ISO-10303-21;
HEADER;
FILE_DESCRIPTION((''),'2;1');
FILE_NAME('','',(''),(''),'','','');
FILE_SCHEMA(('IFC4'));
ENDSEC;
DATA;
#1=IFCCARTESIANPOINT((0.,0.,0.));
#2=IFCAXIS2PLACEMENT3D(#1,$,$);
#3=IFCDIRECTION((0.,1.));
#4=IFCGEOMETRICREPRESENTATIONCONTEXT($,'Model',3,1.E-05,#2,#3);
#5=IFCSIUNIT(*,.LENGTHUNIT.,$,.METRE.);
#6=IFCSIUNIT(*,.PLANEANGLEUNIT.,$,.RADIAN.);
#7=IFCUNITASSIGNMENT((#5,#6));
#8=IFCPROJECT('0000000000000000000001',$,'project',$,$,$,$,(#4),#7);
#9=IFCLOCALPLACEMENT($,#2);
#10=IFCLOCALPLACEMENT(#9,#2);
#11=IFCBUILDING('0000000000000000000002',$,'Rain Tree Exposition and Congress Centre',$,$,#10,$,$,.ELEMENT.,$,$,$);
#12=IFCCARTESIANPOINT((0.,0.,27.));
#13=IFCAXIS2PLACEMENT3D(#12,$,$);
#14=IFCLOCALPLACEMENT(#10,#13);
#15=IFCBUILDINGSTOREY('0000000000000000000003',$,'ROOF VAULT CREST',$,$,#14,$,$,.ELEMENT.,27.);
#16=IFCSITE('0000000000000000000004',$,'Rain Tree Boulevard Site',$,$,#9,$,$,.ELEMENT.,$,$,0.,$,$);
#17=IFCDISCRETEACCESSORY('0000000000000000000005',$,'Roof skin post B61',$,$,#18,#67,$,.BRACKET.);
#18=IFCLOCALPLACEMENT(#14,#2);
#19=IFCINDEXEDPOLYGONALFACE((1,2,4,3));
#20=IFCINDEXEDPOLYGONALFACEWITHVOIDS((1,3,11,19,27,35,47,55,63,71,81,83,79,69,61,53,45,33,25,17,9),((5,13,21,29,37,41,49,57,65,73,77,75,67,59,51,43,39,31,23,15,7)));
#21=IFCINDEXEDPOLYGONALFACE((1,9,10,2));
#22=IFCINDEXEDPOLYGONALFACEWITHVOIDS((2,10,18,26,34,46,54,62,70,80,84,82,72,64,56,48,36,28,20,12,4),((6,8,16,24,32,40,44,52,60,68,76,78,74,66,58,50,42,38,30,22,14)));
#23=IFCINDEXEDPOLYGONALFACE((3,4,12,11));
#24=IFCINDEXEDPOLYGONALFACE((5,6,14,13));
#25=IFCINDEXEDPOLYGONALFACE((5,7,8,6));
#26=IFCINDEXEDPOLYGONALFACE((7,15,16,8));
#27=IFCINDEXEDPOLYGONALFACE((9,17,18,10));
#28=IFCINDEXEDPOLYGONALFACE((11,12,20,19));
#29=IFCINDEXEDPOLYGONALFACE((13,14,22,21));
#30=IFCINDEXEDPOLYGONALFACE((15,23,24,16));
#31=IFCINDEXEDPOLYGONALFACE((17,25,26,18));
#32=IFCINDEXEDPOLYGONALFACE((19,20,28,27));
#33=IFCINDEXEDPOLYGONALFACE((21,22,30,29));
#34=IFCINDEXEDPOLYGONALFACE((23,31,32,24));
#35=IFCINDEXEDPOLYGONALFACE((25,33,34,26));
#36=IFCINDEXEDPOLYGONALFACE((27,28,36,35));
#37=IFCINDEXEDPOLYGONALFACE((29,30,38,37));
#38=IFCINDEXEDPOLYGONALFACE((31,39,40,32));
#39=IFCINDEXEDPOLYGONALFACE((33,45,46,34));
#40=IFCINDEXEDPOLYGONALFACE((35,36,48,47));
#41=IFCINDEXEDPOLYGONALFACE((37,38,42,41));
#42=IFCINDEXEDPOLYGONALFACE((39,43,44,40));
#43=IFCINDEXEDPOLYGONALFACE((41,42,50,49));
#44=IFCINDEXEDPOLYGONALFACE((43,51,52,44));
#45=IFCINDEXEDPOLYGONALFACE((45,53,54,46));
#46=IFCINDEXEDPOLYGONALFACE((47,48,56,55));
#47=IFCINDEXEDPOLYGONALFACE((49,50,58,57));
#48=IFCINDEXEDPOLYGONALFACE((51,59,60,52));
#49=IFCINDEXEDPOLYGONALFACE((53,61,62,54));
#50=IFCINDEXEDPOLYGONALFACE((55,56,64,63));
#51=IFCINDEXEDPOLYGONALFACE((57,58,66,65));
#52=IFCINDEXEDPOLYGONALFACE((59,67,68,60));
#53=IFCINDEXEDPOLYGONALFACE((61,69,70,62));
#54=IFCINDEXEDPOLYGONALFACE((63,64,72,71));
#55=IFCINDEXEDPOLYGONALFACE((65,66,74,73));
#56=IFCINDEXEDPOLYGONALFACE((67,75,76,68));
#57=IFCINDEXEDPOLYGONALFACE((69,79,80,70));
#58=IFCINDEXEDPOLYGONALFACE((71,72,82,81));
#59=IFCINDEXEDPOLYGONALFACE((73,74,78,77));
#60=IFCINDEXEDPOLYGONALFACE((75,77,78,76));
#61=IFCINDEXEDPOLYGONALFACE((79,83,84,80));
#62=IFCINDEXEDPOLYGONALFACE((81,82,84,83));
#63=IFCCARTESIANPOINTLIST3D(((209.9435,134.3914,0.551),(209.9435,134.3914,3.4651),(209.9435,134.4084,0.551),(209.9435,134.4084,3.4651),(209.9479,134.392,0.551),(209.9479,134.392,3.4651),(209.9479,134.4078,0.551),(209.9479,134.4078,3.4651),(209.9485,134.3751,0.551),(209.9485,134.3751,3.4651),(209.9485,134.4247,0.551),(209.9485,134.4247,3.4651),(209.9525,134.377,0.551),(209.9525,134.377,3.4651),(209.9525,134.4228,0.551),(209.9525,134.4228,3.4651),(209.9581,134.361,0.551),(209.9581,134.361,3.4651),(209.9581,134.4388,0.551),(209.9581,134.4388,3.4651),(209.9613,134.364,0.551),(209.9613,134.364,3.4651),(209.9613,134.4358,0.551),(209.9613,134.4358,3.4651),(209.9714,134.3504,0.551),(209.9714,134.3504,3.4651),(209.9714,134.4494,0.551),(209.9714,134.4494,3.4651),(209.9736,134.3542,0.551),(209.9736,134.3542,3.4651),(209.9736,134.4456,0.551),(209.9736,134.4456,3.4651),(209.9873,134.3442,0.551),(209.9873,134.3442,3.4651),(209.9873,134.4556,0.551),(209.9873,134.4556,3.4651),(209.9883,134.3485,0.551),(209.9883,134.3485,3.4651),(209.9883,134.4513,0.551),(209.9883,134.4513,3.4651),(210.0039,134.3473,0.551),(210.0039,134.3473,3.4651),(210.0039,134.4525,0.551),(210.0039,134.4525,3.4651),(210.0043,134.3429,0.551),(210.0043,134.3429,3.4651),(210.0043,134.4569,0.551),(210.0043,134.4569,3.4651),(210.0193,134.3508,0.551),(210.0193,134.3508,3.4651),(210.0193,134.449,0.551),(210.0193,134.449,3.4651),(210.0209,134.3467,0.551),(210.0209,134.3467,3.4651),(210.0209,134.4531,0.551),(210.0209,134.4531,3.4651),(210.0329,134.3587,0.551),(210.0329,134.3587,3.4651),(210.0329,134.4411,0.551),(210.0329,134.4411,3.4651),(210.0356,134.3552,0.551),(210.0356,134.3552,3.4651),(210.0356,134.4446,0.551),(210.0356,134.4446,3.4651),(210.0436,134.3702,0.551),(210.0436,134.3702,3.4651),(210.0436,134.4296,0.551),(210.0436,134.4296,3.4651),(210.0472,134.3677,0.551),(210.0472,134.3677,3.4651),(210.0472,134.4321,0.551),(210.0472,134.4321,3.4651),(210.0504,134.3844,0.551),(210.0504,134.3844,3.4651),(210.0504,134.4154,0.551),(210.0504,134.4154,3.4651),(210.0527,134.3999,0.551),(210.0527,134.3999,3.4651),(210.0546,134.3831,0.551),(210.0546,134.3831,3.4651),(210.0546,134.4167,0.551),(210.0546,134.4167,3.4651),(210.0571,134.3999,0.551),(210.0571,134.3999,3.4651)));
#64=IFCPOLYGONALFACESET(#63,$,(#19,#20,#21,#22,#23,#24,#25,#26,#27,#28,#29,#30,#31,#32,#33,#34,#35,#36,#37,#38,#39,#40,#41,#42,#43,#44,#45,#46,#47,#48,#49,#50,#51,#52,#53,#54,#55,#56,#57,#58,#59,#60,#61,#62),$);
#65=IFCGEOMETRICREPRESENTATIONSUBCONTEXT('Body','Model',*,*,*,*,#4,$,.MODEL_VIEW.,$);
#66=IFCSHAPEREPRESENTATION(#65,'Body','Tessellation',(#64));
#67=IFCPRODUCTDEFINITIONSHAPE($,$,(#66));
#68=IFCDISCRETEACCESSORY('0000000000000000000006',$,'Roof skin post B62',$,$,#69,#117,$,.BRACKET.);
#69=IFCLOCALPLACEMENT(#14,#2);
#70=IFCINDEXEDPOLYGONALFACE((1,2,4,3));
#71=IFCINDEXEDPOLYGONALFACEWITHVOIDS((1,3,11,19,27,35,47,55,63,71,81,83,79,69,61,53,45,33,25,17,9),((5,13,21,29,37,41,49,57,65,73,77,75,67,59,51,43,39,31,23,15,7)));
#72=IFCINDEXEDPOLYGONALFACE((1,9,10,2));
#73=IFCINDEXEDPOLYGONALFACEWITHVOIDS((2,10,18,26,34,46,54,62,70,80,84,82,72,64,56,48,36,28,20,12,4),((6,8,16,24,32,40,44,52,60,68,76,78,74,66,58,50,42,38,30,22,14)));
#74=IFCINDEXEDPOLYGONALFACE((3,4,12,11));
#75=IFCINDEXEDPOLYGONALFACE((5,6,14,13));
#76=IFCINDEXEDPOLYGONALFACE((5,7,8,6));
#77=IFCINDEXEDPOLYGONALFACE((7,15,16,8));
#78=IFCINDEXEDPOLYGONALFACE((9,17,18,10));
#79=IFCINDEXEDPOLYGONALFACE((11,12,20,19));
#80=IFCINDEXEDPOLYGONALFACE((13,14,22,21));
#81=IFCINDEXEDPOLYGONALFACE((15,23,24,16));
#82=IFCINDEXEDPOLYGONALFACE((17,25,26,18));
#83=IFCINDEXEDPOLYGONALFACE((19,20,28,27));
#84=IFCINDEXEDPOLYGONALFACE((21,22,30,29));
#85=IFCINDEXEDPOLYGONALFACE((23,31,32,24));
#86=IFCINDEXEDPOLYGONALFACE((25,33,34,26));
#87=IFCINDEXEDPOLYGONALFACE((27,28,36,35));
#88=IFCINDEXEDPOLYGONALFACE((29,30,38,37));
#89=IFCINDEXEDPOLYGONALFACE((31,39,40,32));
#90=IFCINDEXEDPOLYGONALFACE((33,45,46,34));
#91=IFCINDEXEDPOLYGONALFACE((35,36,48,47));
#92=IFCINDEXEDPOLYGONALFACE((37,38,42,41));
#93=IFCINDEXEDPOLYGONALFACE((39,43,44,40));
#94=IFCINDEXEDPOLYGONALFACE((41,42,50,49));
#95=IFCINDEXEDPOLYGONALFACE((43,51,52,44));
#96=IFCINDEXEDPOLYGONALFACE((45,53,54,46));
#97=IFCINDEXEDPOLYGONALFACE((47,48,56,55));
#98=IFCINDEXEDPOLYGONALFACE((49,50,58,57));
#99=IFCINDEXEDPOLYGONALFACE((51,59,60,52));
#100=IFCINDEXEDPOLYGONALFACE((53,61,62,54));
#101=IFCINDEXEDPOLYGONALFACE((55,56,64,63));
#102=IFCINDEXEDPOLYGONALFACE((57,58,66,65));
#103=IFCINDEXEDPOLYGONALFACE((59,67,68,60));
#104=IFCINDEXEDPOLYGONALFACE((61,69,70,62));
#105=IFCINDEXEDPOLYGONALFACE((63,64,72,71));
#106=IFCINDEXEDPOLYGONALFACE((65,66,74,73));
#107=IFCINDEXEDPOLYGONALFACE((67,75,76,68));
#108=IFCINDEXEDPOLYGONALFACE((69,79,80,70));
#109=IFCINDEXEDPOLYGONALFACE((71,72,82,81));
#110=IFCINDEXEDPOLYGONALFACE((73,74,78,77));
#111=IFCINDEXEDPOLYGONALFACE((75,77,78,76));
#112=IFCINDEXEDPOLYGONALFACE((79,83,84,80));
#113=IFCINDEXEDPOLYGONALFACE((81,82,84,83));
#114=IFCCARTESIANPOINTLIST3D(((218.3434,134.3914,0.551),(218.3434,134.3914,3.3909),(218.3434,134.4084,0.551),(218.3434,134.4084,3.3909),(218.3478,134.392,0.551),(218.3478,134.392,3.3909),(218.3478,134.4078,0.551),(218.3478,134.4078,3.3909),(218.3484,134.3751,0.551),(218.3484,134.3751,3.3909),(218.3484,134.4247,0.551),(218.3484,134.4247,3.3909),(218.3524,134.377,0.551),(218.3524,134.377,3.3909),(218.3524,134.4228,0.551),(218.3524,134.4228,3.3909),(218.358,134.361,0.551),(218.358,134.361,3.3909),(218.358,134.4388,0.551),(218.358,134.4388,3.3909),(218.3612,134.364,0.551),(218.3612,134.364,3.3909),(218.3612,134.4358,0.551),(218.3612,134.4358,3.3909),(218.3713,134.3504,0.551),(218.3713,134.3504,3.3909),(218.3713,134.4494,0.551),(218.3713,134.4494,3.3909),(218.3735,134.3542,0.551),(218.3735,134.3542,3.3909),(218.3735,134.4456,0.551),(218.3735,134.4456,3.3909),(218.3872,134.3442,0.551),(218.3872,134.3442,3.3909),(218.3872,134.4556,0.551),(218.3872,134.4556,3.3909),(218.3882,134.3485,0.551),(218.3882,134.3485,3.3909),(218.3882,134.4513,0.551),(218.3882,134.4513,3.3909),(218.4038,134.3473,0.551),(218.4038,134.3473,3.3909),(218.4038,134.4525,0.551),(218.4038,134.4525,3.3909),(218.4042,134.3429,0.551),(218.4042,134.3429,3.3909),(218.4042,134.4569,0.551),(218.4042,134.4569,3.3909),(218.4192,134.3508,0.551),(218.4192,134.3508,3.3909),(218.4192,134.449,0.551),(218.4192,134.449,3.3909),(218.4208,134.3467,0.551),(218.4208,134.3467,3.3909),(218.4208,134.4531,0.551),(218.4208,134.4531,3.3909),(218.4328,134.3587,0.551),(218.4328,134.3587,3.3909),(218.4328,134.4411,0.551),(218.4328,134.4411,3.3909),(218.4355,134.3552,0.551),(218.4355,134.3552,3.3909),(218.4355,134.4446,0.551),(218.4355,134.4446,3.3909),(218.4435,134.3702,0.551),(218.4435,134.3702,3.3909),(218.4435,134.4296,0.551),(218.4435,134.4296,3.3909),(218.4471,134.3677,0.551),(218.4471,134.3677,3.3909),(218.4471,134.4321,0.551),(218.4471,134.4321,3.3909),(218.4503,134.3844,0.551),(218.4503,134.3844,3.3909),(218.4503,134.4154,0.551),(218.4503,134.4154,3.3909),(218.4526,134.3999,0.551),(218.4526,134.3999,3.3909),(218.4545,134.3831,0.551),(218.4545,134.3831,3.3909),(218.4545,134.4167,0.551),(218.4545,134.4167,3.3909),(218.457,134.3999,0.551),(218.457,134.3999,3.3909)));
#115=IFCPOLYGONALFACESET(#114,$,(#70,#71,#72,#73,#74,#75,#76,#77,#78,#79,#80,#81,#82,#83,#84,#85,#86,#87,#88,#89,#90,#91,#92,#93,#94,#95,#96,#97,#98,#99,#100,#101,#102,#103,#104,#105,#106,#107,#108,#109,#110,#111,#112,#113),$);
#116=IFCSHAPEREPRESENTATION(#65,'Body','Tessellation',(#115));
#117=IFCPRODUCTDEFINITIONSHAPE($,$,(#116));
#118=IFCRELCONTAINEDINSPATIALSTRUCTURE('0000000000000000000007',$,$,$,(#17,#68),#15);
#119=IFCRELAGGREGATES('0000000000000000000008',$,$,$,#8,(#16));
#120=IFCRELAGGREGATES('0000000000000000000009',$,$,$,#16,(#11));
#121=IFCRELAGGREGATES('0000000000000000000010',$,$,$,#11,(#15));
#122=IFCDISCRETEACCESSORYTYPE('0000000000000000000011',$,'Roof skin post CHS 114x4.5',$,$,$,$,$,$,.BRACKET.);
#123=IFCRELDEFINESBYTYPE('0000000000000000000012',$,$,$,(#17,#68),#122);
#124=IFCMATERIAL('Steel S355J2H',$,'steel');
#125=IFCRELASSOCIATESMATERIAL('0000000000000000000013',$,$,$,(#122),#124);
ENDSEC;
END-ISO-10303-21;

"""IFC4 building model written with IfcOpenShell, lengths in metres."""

from ifc_helpers import new_model, si_unit, direction, frame, origin, origin_2d, place, context, subcontext, project, spatial, hollow_circle, extrude, material, material_profile, profile_set, type_object, element, save


model = new_model("IFC4")

# Units and contexts
model_context = context("Model", 3, precision=1e-05, world=origin(), true_north=direction((0.0, 1.0)))
body_context = subcontext(model_context, "Body", "Model", "MODEL_VIEW")
ifc_project = project(units=[si_unit("LENGTHUNIT", "METRE"), si_unit("PLANEANGLEUNIT", "RADIAN")], contexts=[model_context])

# Site, building, storey
site_placement = place(None, origin())
site = spatial("IfcSite", under=ifc_project, at=site_placement, Name="Rain Tree Boulevard Site", CompositionType="ELEMENT", RefElevation=0.0)
building_placement = place(site_placement, origin())
building = spatial("IfcBuilding", under=site, at=building_placement, Name="Rain Tree Exposition and Congress Centre", CompositionType="ELEMENT")
storey_placement = place(building_placement, frame((0.0, 0.0, 27.0)))
storey = spatial("IfcBuildingStorey", under=building, at=storey_placement, Name="ROOF VAULT CREST", CompositionType="ELEMENT", Elevation=27.0)

# Discrete accessories
ifc_material_1 = material(Name="Steel S355J2H", Category="steel")
ifc_material_profile_1 = material_profile(ifc_material_1, hollow_circle(Radius=0.0571, WallThickness=0.0044, at=origin_2d()), Name="CHS 114x4.5")
ifc_profile_set_1 = profile_set([ifc_material_profile_1], Name="Steel S355J2H")
discrete_accessory_type_1 = type_object("IfcDiscreteAccessoryType", Name="Roof skin post CHS 114x4.5", PredefinedType="BRACKET", material=ifc_profile_set_1)
discrete_accessory_1_placement = place(storey_placement, frame((210.0, 134.3999, 0.551), z_axis=(0.0, 0.0, 1.0), x_axis=(1.0, 0.0, 0.0)))
element("IfcDiscreteAccessory", 1, at=discrete_accessory_1_placement, inside=storey, type_object=discrete_accessory_type_1, Name="Roof skin post B61", PredefinedType="BRACKET", context=body_context, shape_type="SweptSolid", body=[
    extrude(hollow_circle(Radius=0.0571, WallThickness=0.0044, at=origin_2d()), origin(), (0.0, 0.0, 1.0), 2.9141),
])
discrete_accessory_2_placement = place(storey_placement, frame((218.3999, 134.3999, 0.551), z_axis=(0.0, 0.0, 1.0), x_axis=(1.0, 0.0, 0.0)))
element("IfcDiscreteAccessory", 2, at=discrete_accessory_2_placement, inside=storey, type_object=discrete_accessory_type_1, Name="Roof skin post B62", PredefinedType="BRACKET", context=body_context, shape_type="SweptSolid", body=[
    extrude(hollow_circle(Radius=0.0571, WallThickness=0.0044, at=origin_2d()), origin(), (0.0, 0.0, 1.0), 2.8398),
])

save(model, "model.ifc")
